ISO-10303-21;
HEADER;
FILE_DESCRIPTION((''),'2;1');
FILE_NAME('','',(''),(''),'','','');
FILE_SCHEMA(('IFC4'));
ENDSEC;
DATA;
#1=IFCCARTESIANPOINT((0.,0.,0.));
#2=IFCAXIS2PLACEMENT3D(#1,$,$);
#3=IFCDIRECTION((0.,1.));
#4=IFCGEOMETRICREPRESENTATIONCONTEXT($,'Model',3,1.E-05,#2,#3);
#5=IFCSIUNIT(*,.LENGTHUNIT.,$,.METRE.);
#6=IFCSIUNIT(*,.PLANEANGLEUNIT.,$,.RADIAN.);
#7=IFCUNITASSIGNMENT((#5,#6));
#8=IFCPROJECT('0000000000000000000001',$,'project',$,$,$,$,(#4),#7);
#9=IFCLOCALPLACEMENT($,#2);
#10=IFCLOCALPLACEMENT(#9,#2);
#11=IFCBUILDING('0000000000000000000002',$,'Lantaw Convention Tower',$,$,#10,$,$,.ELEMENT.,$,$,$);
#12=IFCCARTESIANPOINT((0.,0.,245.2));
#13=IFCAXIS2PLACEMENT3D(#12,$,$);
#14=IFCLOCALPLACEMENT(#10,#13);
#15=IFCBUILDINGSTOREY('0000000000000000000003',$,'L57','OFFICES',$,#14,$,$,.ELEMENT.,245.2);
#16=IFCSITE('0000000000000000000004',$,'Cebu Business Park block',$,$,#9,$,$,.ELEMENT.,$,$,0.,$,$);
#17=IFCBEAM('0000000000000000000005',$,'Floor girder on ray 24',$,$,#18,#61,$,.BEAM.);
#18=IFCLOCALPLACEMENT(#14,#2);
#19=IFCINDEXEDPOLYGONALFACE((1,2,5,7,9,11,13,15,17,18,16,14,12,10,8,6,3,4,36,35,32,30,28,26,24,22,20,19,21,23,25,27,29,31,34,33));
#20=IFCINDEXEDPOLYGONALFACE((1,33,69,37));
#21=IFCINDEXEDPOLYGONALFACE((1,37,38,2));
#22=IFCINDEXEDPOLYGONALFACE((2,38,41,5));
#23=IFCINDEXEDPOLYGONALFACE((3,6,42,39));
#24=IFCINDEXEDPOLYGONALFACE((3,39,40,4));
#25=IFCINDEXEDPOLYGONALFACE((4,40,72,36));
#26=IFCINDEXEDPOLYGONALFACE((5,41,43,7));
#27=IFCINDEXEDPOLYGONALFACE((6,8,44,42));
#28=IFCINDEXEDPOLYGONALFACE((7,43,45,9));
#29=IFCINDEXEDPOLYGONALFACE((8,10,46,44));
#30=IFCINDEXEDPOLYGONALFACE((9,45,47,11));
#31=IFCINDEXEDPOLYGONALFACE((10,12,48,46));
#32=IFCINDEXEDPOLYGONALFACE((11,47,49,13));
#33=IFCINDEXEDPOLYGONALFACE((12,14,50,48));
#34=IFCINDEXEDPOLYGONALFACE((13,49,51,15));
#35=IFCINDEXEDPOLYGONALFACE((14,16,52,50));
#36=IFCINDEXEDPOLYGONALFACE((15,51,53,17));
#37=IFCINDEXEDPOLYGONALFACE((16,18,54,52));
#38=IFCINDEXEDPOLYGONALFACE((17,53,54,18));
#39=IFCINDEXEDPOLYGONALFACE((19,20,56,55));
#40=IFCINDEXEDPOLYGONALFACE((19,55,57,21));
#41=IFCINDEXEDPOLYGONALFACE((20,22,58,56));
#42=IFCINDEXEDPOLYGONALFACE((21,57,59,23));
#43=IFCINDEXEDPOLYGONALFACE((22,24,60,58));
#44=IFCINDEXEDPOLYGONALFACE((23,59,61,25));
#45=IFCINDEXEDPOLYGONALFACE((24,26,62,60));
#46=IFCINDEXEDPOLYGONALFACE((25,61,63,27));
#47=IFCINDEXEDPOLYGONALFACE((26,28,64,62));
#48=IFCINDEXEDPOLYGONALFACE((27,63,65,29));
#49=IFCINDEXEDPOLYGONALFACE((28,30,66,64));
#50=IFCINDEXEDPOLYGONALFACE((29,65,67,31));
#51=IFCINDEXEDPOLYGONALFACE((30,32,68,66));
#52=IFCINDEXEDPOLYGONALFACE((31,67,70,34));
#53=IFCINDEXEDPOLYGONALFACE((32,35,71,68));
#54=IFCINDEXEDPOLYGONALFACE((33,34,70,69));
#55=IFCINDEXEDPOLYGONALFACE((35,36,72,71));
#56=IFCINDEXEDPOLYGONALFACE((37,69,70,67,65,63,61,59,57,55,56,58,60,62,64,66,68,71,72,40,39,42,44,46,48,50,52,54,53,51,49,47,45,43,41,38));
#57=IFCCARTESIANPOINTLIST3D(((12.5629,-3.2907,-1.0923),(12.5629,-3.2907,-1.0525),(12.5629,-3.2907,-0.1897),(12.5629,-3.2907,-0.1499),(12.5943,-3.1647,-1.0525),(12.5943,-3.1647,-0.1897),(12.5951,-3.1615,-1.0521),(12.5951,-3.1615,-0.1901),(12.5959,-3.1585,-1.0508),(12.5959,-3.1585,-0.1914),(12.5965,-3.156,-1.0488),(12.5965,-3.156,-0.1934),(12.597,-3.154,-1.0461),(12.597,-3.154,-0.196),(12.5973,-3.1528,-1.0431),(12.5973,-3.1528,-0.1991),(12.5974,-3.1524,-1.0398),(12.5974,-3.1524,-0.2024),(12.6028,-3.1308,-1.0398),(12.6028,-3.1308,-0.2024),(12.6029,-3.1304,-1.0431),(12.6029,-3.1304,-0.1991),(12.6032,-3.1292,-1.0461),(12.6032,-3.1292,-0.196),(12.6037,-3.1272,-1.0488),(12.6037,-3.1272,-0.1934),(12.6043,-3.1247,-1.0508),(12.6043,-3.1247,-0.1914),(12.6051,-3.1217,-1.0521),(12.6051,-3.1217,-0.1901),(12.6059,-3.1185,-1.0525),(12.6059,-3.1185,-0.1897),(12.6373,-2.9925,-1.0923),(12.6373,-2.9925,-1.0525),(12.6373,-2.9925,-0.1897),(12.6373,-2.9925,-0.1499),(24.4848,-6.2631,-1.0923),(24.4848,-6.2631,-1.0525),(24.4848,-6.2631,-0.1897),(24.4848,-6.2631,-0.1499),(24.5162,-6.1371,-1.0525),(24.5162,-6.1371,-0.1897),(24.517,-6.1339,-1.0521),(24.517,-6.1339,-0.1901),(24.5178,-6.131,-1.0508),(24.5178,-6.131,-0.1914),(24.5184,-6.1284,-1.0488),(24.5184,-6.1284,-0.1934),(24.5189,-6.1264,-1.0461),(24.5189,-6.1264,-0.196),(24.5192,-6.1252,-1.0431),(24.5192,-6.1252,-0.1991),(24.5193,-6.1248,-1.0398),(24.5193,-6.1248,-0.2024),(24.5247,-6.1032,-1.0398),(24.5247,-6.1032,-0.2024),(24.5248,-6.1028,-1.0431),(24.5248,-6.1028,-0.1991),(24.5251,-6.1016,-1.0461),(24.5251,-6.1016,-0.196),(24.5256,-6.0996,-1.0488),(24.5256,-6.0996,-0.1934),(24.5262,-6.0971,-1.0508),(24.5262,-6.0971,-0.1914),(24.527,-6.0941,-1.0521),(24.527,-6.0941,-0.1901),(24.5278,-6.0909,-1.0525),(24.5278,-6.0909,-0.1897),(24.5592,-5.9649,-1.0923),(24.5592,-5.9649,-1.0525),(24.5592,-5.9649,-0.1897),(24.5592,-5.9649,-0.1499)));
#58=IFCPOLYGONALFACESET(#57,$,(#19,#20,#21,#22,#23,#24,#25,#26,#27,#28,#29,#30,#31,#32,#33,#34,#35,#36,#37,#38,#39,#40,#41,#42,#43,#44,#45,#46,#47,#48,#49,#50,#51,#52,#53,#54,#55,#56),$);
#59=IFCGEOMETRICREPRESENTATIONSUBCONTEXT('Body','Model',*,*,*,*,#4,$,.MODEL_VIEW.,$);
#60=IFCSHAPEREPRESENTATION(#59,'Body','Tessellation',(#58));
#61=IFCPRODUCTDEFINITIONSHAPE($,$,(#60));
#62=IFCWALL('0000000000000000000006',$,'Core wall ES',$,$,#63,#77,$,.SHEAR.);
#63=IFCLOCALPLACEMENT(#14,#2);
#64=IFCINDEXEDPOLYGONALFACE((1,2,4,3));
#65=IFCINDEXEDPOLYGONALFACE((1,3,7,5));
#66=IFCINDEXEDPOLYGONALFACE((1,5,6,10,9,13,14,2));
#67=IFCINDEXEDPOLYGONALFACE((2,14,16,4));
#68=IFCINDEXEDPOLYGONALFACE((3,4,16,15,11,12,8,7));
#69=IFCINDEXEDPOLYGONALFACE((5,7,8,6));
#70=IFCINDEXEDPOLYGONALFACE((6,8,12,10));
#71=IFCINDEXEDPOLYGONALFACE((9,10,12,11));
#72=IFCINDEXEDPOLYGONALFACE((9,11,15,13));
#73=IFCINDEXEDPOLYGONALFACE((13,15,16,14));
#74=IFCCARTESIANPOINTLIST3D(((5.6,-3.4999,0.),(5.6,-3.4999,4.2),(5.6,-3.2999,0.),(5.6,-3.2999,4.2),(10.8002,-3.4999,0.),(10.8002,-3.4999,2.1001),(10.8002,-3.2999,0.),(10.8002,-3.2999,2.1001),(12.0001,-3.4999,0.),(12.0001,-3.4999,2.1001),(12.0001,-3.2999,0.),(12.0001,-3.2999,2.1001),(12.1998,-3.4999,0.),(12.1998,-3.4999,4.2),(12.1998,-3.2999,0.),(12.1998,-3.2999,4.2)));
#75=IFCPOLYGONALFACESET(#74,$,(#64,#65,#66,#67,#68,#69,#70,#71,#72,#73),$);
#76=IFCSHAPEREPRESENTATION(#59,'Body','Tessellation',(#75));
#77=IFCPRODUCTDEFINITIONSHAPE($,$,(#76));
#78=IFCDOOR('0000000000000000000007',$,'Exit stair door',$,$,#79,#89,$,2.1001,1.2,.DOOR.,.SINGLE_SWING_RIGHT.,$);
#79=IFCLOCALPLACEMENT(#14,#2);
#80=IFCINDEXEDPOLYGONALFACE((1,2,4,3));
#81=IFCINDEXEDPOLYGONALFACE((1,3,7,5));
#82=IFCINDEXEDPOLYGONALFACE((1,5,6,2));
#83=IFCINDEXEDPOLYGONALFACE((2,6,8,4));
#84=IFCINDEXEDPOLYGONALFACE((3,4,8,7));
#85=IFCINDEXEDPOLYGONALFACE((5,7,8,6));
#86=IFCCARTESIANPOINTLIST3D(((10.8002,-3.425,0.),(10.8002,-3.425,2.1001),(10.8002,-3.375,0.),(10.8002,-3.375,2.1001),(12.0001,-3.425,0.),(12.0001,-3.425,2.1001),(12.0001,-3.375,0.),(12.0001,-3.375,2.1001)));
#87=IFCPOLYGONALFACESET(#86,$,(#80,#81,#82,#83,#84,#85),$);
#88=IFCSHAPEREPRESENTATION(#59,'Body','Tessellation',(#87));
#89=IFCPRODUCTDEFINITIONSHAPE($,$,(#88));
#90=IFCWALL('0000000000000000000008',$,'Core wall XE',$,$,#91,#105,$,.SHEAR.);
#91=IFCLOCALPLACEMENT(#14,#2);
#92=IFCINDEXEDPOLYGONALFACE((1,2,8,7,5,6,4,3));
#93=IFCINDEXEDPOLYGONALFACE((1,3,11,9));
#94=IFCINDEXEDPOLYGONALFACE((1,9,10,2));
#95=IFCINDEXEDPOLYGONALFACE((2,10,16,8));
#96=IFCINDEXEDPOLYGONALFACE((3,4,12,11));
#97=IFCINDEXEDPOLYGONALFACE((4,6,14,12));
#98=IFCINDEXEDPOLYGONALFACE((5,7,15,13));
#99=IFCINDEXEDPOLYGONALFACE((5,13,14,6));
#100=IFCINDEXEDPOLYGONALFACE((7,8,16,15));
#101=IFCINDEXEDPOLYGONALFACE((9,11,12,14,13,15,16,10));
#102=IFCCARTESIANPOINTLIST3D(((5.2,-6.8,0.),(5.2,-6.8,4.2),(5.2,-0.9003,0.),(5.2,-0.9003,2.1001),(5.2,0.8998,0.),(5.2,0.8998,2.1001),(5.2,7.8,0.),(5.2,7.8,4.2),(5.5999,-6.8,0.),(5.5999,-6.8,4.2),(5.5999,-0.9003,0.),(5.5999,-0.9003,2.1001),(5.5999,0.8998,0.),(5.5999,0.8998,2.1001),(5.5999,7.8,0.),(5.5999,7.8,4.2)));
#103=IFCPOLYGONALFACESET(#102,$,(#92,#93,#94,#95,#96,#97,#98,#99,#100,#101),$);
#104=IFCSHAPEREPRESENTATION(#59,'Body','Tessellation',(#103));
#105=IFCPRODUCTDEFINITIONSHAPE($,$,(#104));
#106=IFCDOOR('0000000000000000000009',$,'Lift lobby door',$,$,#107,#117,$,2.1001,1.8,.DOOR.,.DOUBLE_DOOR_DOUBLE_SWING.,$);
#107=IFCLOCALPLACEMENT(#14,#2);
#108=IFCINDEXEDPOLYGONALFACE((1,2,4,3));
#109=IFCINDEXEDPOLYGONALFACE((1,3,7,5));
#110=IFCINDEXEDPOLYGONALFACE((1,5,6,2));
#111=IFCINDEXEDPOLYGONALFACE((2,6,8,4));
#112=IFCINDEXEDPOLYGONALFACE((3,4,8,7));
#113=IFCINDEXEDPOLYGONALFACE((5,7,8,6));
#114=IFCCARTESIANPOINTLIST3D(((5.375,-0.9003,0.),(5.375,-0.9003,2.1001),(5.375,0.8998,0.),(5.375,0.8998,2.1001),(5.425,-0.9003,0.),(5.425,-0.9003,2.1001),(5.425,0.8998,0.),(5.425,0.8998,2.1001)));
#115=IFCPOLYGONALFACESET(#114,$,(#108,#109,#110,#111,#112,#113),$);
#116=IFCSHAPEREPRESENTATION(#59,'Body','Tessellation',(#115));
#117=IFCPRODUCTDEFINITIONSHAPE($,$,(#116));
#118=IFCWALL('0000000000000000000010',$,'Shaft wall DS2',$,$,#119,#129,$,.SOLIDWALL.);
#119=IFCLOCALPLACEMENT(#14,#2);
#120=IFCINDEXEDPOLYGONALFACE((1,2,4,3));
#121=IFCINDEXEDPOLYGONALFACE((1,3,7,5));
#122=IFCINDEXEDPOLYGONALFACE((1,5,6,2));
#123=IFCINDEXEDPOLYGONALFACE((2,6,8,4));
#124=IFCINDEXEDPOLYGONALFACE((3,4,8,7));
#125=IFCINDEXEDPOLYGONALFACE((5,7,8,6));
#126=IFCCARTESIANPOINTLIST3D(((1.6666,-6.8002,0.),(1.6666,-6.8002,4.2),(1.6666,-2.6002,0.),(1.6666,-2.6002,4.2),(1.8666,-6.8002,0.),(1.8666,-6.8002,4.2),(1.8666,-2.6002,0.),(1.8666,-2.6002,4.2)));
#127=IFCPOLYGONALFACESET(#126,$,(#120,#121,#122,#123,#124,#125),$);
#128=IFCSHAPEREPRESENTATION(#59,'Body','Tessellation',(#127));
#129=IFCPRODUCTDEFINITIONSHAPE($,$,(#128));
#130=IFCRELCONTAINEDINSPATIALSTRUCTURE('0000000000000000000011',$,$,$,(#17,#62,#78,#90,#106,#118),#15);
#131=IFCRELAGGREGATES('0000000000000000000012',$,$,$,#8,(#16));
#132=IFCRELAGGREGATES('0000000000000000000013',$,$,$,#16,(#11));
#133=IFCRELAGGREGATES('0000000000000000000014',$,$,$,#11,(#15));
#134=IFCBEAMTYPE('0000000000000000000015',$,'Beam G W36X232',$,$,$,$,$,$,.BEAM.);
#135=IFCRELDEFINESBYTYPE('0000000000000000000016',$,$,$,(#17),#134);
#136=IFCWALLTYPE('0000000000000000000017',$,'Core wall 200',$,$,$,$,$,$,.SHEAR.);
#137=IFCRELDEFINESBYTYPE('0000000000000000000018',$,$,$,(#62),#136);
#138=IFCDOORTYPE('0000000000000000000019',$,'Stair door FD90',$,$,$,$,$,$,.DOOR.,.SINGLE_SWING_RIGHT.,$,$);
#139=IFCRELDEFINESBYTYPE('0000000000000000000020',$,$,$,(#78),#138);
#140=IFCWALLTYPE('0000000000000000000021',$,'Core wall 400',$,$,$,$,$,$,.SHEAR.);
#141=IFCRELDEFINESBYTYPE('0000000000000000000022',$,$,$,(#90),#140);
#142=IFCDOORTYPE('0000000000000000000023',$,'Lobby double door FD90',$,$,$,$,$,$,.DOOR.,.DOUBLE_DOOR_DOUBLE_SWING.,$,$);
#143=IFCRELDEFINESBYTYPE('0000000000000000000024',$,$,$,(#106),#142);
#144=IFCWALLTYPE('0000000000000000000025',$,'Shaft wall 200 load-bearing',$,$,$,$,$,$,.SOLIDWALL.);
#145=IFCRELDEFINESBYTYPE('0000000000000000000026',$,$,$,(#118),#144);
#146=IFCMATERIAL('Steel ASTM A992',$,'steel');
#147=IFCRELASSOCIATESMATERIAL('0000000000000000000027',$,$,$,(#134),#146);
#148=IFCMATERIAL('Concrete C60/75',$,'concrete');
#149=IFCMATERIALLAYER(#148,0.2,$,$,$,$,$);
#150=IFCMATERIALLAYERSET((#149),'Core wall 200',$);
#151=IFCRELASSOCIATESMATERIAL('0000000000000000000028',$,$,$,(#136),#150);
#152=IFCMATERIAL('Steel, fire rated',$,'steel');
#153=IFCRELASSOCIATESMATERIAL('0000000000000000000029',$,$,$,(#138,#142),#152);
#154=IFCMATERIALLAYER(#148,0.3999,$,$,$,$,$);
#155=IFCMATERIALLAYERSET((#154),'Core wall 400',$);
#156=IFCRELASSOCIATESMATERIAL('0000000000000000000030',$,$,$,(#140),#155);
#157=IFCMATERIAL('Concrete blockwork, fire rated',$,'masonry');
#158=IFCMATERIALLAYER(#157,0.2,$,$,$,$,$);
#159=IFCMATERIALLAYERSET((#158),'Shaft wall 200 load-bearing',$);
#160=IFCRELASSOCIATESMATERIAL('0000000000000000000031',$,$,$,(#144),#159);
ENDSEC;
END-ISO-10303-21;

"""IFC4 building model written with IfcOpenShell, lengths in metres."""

from ifc_helpers import new_model, si_unit, direction, frame, frame_2d, origin, origin_2d, place, context, subcontext, project, spatial, rectangle, i_section, extrude, material, layer, layer_set, material_profile, profile_set, type_object, element, fill, save


model = new_model("IFC4")

# Units and contexts
model_context = context("Model", 3, precision=1e-05, world=origin(), true_north=direction((0.0, 1.0)))
body_context = subcontext(model_context, "Body", "Model", "MODEL_VIEW")
ifc_project = project(units=[si_unit("LENGTHUNIT", "METRE"), si_unit("PLANEANGLEUNIT", "RADIAN")], contexts=[model_context])

# Site, building, storey
site_placement = place(None, origin())
site = spatial("IfcSite", under=ifc_project, at=site_placement, Name="Cebu Business Park block", CompositionType="ELEMENT", RefElevation=0.0)
building_placement = place(site_placement, origin())
building = spatial("IfcBuilding", under=site, at=building_placement, Name="Lantaw Convention Tower", CompositionType="ELEMENT")
storey_placement = place(building_placement, frame((0.0, 0.0, 245.2)))
storey = spatial("IfcBuildingStorey", under=building, at=storey_placement, Name="L57", Description="OFFICES", CompositionType="ELEMENT", Elevation=245.2)

# Beam
ifc_material_1 = material(Name="Steel ASTM A992", Category="steel")
ifc_material_profile = material_profile(ifc_material_1, i_section(OverallWidth=0.3074, OverallDepth=0.9424, WebThickness=0.0222, FlangeThickness=0.0398, FilletRadius=0.0127, at=origin_2d()), Name="W36X232")
ifc_profile_set = profile_set([ifc_material_profile], Name="Steel ASTM A992")
beam_type = type_object("IfcBeamType", Name="Beam G W36X232", PredefinedType="BEAM", material=ifc_profile_set)
beam_placement = place(storey_placement, frame((12.6001, -3.1416, -0.6211), z_axis=(0.970297, -0.241918, 0.0), x_axis=(0.241918, 0.970297, 0.0)))
element("IfcBeam", 1, at=beam_placement, inside=storey, type_object=beam_type, Name="Floor girder on ray 24", PredefinedType="BEAM", context=body_context, shape_type="SweptSolid", body=[
    extrude(i_section(OverallWidth=0.3074, OverallDepth=0.9424, WebThickness=0.0222, FlangeThickness=0.0398, FilletRadius=0.0127, at=origin_2d()), origin(), (0.0, 0.0, 1.0), 12.2869),
])

# Walls, openings, doors
ifc_material_2 = material(Name="Concrete C60/75", Category="concrete")
ifc_layer_1 = layer(ifc_material_2, 0.2)
ifc_layer_set_1 = layer_set([ifc_layer_1], Name="Core wall 200")
wall_type_1 = type_object("IfcWallType", Name="Core wall 200", PredefinedType="SHEAR", material=ifc_layer_set_1)
wall_1_placement = place(storey_placement, frame((5.6001, -3.3999, 0.0), z_axis=(0.0, 0.0, 1.0), x_axis=(1.0, 0.0, 0.0)))
wall_1 = element("IfcWall", 2, at=wall_1_placement, inside=storey, type_object=wall_type_1, Name="Core wall ES", PredefinedType="SHEAR", context=body_context, shape_type="SweptSolid", body=[
    extrude(rectangle(XDim=6.5999, YDim=0.2, at=frame_2d((3.2998, 0.0))), origin(), (0.0, 0.0, 1.0), 4.2),
])
opening_1_placement = place(wall_1_placement, frame((5.2, 0.0, 0.0)))
opening_1 = element("IfcOpeningElement", 3, at=opening_1_placement, cuts=wall_1, PredefinedType="OPENING", context=body_context, shape_type="SweptSolid", body=[
    extrude(rectangle(XDim=1.2, YDim=2.1001, at=frame_2d((0.6001, 1.05))), frame((0.0, 0.1099, 0.0), z_axis=(0.0, -1.0, 0.0), x_axis=(1.0, 0.0, 0.0)), (0.0, 0.0, 1.0), 0.22),
])
ifc_material_3 = material(Name="Steel, fire rated", Category="steel")
door_type_1 = type_object("IfcDoorType", Name="Stair door FD90", OperationType="SINGLE_SWING_RIGHT", PredefinedType="DOOR", material=ifc_material_3)
door_1_placement = place(opening_1_placement, origin())
door_1 = element("IfcDoor", 4, at=door_1_placement, inside=storey, type_object=door_type_1, Name="Exit stair door", OperationType="SINGLE_SWING_RIGHT", OverallHeight=2.1001, OverallWidth=1.2, PredefinedType="DOOR", context=body_context, shape_type="SweptSolid", body=[
    extrude(rectangle(XDim=1.2, YDim=2.1001, at=frame_2d((0.6001, 1.05))), frame((0.0, 0.0249, 0.0), z_axis=(0.0, -1.0, 0.0), x_axis=(1.0, 0.0, 0.0)), (0.0, 0.0, 1.0), 0.05),
])
fill(opening_1, door_1)
ifc_layer_2 = layer(ifc_material_2, 0.3999)
ifc_layer_set_2 = layer_set([ifc_layer_2], Name="Core wall 400")
wall_type_2 = type_object("IfcWallType", Name="Core wall 400", PredefinedType="SHEAR", material=ifc_layer_set_2)
wall_2_placement = place(storey_placement, frame((5.3999, -6.8, 0.0), z_axis=(0.0, 0.0, 1.0), x_axis=(0.0, 1.0, 0.0)))
wall_2 = element("IfcWall", 5, at=wall_2_placement, inside=storey, type_object=wall_type_2, Name="Core wall XE", PredefinedType="SHEAR", context=body_context, shape_type="SweptSolid", body=[
    extrude(rectangle(XDim=14.6001, YDim=0.3999, at=frame_2d((7.3, 0.0))), origin(), (0.0, 0.0, 1.0), 4.2),
])
opening_2_placement = place(wall_2_placement, frame((5.8999, 0.0, 0.0)))
opening_2 = element("IfcOpeningElement", 6, at=opening_2_placement, cuts=wall_2, PredefinedType="OPENING", context=body_context, shape_type="SweptSolid", body=[
    extrude(rectangle(XDim=1.8, YDim=2.1001, at=frame_2d((0.8999, 1.05))), frame((0.0, 0.21, 0.0), z_axis=(0.0, -1.0, 0.0), x_axis=(1.0, 0.0, 0.0)), (0.0, 0.0, 1.0), 0.4199),
])
door_type_2 = type_object("IfcDoorType", Name="Lobby double door FD90", OperationType="DOUBLE_DOOR_DOUBLE_SWING", PredefinedType="DOOR", material=ifc_material_3)
door_2_placement = place(opening_2_placement, origin())
door_2 = element("IfcDoor", 7, at=door_2_placement, inside=storey, type_object=door_type_2, Name="Lift lobby door", OperationType="DOUBLE_DOOR_DOUBLE_SWING", OverallHeight=2.1001, OverallWidth=1.8, PredefinedType="DOOR", context=body_context, shape_type="SweptSolid", body=[
    extrude(rectangle(XDim=1.8, YDim=2.1001, at=frame_2d((0.8999, 1.05))), frame((0.0, 0.0249, 0.0), z_axis=(0.0, -1.0, 0.0), x_axis=(1.0, 0.0, 0.0)), (0.0, 0.0, 1.0), 0.05),
])
fill(opening_2, door_2)

# Wall
ifc_material_4 = material(Name="Concrete blockwork, fire rated", Category="masonry")
ifc_layer_3 = layer(ifc_material_4, 0.2)
ifc_layer_set_3 = layer_set([ifc_layer_3], Name="Shaft wall 200 load-bearing")
wall_type_3 = type_object("IfcWallType", Name="Shaft wall 200 load-bearing", PredefinedType="SOLIDWALL", material=ifc_layer_set_3)
wall_3_placement = place(storey_placement, frame((1.7666, -2.6001, 0.0), z_axis=(0.0, 0.0, 1.0), x_axis=(0.0, -1.0, 0.0)))
element("IfcWall", 8, at=wall_3_placement, inside=storey, type_object=wall_type_3, Name="Shaft wall DS2", PredefinedType="SOLIDWALL", context=body_context, shape_type="SweptSolid", body=[
    extrude(rectangle(XDim=4.2, YDim=0.2, at=frame_2d((2.1001, 0.0))), origin(), (0.0, 0.0, 1.0), 4.2),
])

save(model, "model.ifc")
